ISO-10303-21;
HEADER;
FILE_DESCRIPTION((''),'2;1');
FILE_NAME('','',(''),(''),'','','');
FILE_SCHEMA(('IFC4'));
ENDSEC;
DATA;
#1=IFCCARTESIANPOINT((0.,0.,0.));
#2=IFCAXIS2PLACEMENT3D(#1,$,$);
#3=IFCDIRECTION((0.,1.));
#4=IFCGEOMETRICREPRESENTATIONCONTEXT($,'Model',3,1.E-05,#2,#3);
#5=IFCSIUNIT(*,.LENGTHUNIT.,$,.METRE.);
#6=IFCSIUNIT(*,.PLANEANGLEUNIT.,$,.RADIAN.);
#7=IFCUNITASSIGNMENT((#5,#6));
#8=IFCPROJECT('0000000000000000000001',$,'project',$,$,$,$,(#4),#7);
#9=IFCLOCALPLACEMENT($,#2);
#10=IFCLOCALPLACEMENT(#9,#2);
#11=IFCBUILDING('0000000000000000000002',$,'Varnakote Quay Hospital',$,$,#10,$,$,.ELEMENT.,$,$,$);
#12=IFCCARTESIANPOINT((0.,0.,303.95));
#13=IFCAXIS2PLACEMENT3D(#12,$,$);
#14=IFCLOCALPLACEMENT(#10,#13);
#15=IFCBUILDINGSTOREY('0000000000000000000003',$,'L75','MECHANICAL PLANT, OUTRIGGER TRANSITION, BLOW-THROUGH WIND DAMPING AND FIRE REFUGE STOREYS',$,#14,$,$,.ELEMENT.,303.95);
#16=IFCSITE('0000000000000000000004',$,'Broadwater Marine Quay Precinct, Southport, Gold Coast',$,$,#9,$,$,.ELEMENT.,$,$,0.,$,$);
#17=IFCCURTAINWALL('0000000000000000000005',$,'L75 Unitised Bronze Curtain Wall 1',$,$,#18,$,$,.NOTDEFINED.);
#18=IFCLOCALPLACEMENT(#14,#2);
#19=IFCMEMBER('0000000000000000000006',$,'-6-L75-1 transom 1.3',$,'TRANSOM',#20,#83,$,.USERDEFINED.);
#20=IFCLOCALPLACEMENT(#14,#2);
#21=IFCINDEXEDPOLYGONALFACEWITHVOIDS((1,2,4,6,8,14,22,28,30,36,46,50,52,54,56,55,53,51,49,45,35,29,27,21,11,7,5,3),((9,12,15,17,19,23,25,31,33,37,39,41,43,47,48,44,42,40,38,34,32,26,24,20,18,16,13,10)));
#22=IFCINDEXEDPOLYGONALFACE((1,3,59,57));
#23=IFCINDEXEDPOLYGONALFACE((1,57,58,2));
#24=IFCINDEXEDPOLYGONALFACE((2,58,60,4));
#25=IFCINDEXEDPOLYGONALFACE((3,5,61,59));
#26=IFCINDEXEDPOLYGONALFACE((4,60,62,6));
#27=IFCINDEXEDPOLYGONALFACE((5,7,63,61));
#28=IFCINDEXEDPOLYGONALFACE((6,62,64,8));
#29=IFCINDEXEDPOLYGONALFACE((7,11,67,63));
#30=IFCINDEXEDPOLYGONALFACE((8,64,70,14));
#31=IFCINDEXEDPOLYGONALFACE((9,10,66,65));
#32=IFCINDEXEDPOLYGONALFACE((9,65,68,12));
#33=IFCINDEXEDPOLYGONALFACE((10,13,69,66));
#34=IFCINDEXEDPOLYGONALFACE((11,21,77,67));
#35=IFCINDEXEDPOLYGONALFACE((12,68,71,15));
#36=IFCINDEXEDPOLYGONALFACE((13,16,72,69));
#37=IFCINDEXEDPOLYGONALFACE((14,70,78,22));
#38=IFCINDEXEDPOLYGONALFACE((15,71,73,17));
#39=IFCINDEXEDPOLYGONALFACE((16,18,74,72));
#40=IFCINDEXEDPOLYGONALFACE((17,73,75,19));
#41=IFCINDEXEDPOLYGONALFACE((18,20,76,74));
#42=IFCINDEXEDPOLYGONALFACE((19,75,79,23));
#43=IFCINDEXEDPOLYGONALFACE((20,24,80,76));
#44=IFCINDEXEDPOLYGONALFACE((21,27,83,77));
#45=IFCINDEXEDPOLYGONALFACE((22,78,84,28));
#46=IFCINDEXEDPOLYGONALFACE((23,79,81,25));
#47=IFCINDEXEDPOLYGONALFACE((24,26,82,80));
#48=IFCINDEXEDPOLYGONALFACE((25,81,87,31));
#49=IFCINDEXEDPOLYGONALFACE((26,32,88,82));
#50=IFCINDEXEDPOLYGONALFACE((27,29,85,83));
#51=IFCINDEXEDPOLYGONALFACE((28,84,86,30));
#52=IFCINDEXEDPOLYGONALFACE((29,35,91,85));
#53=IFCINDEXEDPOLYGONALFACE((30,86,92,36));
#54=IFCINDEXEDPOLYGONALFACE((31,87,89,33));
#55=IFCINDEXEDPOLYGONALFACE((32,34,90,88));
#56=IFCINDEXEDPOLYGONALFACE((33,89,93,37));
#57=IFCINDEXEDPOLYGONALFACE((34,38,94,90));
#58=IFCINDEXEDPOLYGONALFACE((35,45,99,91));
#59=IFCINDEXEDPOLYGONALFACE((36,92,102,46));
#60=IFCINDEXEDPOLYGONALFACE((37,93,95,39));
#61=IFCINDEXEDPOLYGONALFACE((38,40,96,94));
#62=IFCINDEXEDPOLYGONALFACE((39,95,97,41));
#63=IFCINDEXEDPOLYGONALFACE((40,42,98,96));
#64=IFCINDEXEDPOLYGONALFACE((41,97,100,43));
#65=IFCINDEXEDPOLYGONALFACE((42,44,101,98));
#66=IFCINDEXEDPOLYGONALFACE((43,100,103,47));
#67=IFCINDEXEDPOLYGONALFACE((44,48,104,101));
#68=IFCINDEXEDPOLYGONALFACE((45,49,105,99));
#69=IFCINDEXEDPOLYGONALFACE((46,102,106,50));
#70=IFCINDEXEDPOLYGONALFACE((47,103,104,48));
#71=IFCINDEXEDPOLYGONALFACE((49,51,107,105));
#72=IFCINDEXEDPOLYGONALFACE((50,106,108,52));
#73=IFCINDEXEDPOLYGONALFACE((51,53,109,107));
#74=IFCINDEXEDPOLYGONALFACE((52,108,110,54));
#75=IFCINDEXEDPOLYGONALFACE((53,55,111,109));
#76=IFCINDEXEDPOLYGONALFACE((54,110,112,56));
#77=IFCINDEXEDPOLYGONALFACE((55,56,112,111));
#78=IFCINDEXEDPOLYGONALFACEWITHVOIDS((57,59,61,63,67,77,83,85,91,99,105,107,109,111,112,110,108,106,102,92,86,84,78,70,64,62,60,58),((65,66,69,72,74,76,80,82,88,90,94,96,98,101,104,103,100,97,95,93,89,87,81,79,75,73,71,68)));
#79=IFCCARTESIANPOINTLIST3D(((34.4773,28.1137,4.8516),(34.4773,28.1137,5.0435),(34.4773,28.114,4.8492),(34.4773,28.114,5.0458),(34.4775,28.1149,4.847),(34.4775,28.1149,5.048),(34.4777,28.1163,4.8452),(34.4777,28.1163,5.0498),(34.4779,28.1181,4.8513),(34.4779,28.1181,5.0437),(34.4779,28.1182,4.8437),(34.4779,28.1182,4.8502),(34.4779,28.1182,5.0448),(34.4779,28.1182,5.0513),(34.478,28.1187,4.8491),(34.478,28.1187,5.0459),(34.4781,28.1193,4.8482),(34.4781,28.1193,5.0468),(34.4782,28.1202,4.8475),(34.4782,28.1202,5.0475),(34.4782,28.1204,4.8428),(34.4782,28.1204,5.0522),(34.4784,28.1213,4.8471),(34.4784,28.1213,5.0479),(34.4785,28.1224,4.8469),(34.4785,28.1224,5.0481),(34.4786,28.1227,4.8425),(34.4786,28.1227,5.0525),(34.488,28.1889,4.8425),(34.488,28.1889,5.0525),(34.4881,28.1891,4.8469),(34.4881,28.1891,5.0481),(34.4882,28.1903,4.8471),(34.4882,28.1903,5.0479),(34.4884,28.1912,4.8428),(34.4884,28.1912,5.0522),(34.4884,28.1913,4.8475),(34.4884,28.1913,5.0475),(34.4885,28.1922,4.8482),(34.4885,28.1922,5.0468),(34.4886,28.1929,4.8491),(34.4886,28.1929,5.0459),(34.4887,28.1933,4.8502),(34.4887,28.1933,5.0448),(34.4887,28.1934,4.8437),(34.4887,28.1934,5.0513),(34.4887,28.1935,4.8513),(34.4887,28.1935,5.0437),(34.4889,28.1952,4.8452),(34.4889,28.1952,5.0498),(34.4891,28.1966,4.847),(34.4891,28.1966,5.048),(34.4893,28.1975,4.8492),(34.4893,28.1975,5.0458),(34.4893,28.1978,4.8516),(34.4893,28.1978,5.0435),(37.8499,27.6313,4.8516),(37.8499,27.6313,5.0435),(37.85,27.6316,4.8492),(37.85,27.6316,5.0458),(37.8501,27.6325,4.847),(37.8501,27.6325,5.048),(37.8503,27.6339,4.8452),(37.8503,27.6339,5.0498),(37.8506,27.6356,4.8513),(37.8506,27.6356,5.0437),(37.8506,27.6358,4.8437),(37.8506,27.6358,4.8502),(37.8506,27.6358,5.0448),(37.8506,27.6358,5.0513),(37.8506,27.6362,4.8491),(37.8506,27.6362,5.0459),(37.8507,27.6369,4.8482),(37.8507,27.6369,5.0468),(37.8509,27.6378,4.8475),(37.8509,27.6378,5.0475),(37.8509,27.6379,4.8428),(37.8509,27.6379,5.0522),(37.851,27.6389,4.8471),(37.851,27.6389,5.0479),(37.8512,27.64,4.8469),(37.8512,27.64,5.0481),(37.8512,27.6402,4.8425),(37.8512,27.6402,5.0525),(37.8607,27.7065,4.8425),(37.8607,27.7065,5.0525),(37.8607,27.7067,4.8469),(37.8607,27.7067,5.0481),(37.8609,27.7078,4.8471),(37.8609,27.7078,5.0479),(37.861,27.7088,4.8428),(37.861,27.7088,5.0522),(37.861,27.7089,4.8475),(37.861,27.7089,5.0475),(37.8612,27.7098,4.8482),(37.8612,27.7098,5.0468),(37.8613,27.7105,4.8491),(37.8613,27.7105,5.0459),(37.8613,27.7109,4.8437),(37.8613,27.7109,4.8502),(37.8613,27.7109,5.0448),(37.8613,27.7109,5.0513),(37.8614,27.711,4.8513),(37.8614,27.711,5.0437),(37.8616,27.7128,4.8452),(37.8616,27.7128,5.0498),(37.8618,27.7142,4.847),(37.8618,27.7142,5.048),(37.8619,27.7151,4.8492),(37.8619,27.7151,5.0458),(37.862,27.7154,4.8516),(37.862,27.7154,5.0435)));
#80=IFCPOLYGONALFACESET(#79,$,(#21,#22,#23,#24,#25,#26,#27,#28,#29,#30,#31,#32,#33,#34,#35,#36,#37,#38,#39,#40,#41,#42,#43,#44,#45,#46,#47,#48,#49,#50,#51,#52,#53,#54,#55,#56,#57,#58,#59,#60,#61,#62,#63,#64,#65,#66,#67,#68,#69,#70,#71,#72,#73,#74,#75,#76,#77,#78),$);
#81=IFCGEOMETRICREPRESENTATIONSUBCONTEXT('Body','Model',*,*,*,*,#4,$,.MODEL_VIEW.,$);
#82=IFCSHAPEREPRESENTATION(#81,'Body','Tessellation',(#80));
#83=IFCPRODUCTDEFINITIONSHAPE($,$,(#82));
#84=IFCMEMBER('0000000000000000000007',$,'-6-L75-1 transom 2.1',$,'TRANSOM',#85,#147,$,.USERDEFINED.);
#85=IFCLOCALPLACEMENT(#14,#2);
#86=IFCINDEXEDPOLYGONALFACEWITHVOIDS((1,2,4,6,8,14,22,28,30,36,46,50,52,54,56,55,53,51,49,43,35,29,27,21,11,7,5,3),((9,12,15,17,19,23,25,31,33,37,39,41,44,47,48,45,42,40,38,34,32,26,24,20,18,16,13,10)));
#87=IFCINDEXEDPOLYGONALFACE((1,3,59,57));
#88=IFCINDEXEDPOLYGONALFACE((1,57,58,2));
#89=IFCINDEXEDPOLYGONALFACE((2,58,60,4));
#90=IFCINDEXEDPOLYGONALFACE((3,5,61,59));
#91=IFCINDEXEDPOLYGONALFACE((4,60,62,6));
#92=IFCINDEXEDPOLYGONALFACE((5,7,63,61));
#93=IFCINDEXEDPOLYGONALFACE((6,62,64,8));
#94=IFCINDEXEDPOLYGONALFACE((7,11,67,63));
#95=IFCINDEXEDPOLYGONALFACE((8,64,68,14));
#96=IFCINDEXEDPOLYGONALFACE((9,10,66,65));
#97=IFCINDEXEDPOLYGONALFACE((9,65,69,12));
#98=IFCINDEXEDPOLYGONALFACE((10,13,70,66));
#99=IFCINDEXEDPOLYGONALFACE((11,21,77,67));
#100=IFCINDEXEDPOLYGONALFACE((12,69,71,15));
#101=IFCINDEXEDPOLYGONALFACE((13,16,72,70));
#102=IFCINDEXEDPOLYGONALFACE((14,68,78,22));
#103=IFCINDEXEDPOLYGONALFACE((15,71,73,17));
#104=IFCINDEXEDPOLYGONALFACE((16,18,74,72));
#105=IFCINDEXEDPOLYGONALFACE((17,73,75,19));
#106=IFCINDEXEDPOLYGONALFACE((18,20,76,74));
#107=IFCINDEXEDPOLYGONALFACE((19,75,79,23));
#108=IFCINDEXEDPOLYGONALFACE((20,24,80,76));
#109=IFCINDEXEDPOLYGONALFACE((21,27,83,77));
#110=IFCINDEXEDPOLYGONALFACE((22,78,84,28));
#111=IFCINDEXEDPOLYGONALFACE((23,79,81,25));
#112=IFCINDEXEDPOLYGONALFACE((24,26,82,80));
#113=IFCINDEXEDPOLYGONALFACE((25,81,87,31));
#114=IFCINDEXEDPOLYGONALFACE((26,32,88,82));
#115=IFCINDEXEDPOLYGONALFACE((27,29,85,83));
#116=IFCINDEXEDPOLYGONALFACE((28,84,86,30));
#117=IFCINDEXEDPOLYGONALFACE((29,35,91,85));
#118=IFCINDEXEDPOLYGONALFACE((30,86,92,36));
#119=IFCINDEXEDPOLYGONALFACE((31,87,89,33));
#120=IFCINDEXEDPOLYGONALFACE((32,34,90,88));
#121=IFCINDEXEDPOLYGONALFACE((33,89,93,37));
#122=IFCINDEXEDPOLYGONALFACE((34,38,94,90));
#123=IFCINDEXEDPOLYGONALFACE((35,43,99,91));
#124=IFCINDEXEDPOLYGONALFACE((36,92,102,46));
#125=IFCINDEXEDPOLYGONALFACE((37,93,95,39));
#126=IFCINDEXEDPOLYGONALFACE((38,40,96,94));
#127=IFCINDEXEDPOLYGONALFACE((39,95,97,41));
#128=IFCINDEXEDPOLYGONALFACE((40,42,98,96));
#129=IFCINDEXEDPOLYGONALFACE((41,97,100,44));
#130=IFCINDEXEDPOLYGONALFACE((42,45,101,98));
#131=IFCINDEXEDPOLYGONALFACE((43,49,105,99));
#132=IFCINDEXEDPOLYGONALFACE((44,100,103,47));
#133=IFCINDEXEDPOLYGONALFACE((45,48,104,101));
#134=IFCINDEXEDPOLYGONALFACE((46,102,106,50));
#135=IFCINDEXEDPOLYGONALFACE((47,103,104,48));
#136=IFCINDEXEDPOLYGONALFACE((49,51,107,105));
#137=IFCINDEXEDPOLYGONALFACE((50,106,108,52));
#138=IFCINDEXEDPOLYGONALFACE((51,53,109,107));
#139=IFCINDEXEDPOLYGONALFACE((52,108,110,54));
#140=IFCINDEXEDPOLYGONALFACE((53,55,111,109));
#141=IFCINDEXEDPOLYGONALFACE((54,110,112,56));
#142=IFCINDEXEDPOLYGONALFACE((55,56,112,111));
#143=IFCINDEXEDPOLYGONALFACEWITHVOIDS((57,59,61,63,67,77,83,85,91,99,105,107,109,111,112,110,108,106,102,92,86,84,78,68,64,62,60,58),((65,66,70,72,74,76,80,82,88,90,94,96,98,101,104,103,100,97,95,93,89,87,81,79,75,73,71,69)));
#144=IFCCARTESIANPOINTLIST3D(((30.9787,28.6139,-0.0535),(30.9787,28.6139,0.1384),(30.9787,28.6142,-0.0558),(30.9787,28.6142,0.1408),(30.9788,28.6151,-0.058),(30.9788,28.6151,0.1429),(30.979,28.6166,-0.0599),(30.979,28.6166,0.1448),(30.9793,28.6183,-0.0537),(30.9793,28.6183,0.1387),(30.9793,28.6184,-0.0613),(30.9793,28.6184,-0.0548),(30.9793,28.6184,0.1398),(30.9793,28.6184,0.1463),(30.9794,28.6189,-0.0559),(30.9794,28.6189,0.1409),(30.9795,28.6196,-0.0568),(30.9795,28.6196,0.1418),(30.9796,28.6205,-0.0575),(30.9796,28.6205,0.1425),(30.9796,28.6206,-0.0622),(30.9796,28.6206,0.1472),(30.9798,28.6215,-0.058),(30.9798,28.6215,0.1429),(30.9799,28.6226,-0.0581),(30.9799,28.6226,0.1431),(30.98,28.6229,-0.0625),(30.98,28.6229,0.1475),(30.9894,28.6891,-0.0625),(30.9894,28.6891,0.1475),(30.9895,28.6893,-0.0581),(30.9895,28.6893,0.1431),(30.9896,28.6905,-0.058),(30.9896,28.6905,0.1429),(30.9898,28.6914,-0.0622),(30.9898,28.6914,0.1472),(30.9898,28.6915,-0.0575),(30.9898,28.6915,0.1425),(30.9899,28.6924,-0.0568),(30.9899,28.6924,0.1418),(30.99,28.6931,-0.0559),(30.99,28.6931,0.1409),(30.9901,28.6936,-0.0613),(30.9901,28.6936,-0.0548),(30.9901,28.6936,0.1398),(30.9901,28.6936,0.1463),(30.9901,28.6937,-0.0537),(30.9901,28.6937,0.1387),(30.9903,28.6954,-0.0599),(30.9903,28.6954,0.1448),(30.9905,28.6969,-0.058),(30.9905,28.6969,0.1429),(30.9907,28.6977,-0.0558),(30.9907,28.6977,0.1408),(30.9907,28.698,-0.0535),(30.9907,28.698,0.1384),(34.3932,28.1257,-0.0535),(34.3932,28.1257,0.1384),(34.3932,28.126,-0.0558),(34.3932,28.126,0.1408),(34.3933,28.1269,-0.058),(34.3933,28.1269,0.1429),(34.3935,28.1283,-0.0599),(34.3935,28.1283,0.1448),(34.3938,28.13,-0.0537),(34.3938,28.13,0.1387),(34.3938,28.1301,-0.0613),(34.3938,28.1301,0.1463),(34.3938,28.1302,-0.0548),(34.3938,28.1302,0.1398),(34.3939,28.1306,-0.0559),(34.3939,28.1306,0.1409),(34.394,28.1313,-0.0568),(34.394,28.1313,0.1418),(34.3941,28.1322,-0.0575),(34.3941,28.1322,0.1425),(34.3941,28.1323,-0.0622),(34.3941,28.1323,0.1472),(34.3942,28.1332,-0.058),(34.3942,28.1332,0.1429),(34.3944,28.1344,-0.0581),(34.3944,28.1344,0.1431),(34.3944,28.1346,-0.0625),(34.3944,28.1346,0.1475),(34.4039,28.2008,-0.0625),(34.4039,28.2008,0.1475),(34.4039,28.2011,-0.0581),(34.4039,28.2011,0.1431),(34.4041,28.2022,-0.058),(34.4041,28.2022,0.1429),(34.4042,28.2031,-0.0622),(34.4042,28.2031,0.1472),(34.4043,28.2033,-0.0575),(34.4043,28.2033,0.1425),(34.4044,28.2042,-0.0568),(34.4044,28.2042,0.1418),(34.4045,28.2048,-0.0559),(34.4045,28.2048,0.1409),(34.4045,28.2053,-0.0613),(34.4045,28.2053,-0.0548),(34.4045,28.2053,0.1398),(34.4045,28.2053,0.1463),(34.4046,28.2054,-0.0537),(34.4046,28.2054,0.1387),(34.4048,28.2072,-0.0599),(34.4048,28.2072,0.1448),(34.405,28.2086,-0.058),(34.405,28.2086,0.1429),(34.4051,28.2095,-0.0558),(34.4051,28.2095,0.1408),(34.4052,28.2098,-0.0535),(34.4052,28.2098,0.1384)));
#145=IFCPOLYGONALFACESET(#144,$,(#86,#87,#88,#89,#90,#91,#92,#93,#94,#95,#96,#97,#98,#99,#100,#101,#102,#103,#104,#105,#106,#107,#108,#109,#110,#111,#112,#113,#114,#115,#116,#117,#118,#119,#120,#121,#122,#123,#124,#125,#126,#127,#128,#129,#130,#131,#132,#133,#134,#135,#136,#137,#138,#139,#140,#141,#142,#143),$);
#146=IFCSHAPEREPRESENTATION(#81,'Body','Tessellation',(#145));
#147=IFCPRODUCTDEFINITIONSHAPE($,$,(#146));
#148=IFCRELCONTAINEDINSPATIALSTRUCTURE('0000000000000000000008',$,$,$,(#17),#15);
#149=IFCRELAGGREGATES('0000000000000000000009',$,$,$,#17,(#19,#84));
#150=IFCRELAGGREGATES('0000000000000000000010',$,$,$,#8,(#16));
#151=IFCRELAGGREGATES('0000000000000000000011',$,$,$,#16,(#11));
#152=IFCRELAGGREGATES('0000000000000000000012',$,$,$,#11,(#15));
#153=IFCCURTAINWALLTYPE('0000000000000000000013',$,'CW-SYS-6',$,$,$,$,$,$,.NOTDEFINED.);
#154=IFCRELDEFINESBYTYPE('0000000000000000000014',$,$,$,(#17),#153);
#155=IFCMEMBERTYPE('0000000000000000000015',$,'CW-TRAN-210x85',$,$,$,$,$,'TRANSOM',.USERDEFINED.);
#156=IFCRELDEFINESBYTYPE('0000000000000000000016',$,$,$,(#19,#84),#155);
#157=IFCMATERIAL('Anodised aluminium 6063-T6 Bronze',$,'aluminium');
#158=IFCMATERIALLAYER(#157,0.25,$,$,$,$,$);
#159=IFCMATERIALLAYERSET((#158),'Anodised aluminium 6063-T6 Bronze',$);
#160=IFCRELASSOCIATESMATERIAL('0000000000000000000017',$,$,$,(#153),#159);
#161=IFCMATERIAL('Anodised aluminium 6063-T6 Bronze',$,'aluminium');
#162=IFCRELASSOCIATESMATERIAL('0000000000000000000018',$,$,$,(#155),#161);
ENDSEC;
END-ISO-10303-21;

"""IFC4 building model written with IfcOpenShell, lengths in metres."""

from ifc_helpers import new_model, si_unit, direction, frame, origin, origin_2d, place, context, subcontext, project, spatial, hollow_rectangle, extrude, material, layer, layer_set, material_profile, profile_set, type_object, element, aggregate, save


model = new_model("IFC4")

# Units and contexts
model_context = context("Model", 3, precision=1e-05, world=origin(), true_north=direction((0.0, 1.0)))
body_context = subcontext(model_context, "Body", "Model", "MODEL_VIEW")
ifc_project = project(units=[si_unit("LENGTHUNIT", "METRE"), si_unit("PLANEANGLEUNIT", "RADIAN")], contexts=[model_context])

# Site, building, storey
site_placement = place(None, origin())
site = spatial("IfcSite", under=ifc_project, at=site_placement, Name="Broadwater Marine Quay Precinct, Southport, Gold Coast", CompositionType="ELEMENT", RefElevation=0.0)
building_placement = place(site_placement, origin())
building = spatial("IfcBuilding", under=site, at=building_placement, Name="Varnakote Quay Hospital", CompositionType="ELEMENT")
storey_placement = place(building_placement, frame((0.0, 0.0, 303.95)))
storey = spatial("IfcBuildingStorey", under=building, at=storey_placement, Name="L75", Description="MECHANICAL PLANT, OUTRIGGER TRANSITION, BLOW-THROUGH WIND DAMPING AND FIRE REFUGE STOREYS", CompositionType="ELEMENT", Elevation=303.95)

# Curtain wall
ifc_material_1 = material(Name="Anodised aluminium 6063-T6 Bronze", Category="aluminium")
ifc_layer_1 = layer(ifc_material_1, 0.25)
ifc_layer_set_1 = layer_set([ifc_layer_1], Name="Anodised aluminium 6063-T6 Bronze")
curtain_wall_type = type_object("IfcCurtainWallType", Name="CW-SYS-6", PredefinedType="NOTDEFINED", material=ifc_layer_set_1)
curtain_wall_1_placement = place(storey_placement, origin())
curtain_wall_1 = element("IfcCurtainWall", 1, at=curtain_wall_1_placement, inside=storey, type_object=curtain_wall_type, Name="L75 Unitised Bronze Curtain Wall 1", PredefinedType="NOTDEFINED")

# Members
ifc_material_2 = material(Name="Anodised aluminium 6063-T6 Bronze", Category="aluminium")
ifc_material_profile_1 = material_profile(ifc_material_2, hollow_rectangle(XDim=0.085, YDim=0.21, WallThickness=0.0044, InnerFilletRadius=0.0044, OuterFilletRadius=0.009, at=origin_2d()), Name="CW-TRAN-210x85")
ifc_profile_set_1 = profile_set([ifc_material_profile_1], Name="Anodised aluminium 6063-T6 Bronze")
member_type_1 = type_object("IfcMemberType", Name="CW-TRAN-210x85", ElementType="TRANSOM", PredefinedType="USERDEFINED", material=ifc_profile_set_1)
member_1_placement = place(storey_placement, frame((37.856, 27.6733, 4.9475), z_axis=(-0.989924, 0.141602, 0.0), x_axis=(-0.141602, -0.989924, 0.0)))
member_1 = element("IfcMember", 2, at=member_1_placement, type_object=member_type_1, Name="-6-L75-1 transom 1.3", ObjectType="TRANSOM", PredefinedType="USERDEFINED", context=body_context, shape_type="SweptSolid", body=[
    extrude(hollow_rectangle(XDim=0.085, YDim=0.21, WallThickness=0.0044, InnerFilletRadius=0.0044, OuterFilletRadius=0.009, at=origin_2d()), origin(), (0.0, 0.0, 1.0), 3.407),
])
member_2_placement = place(storey_placement, frame((34.3992, 28.1677, 0.0425), z_axis=(-0.98993, 0.14156, 0.0), x_axis=(-0.14156, -0.98993, 0.0)))
member_2 = element("IfcMember", 3, at=member_2_placement, type_object=member_type_1, Name="-6-L75-1 transom 2.1", ObjectType="TRANSOM", PredefinedType="USERDEFINED", context=body_context, shape_type="SweptSolid", body=[
    extrude(hollow_rectangle(XDim=0.085, YDim=0.21, WallThickness=0.0044, InnerFilletRadius=0.0044, OuterFilletRadius=0.009, at=origin_2d()), origin(), (0.0, 0.0, 1.0), 3.4492),
])

aggregate(curtain_wall_1, [member_1, member_2])

save(model, "model.ifc")
